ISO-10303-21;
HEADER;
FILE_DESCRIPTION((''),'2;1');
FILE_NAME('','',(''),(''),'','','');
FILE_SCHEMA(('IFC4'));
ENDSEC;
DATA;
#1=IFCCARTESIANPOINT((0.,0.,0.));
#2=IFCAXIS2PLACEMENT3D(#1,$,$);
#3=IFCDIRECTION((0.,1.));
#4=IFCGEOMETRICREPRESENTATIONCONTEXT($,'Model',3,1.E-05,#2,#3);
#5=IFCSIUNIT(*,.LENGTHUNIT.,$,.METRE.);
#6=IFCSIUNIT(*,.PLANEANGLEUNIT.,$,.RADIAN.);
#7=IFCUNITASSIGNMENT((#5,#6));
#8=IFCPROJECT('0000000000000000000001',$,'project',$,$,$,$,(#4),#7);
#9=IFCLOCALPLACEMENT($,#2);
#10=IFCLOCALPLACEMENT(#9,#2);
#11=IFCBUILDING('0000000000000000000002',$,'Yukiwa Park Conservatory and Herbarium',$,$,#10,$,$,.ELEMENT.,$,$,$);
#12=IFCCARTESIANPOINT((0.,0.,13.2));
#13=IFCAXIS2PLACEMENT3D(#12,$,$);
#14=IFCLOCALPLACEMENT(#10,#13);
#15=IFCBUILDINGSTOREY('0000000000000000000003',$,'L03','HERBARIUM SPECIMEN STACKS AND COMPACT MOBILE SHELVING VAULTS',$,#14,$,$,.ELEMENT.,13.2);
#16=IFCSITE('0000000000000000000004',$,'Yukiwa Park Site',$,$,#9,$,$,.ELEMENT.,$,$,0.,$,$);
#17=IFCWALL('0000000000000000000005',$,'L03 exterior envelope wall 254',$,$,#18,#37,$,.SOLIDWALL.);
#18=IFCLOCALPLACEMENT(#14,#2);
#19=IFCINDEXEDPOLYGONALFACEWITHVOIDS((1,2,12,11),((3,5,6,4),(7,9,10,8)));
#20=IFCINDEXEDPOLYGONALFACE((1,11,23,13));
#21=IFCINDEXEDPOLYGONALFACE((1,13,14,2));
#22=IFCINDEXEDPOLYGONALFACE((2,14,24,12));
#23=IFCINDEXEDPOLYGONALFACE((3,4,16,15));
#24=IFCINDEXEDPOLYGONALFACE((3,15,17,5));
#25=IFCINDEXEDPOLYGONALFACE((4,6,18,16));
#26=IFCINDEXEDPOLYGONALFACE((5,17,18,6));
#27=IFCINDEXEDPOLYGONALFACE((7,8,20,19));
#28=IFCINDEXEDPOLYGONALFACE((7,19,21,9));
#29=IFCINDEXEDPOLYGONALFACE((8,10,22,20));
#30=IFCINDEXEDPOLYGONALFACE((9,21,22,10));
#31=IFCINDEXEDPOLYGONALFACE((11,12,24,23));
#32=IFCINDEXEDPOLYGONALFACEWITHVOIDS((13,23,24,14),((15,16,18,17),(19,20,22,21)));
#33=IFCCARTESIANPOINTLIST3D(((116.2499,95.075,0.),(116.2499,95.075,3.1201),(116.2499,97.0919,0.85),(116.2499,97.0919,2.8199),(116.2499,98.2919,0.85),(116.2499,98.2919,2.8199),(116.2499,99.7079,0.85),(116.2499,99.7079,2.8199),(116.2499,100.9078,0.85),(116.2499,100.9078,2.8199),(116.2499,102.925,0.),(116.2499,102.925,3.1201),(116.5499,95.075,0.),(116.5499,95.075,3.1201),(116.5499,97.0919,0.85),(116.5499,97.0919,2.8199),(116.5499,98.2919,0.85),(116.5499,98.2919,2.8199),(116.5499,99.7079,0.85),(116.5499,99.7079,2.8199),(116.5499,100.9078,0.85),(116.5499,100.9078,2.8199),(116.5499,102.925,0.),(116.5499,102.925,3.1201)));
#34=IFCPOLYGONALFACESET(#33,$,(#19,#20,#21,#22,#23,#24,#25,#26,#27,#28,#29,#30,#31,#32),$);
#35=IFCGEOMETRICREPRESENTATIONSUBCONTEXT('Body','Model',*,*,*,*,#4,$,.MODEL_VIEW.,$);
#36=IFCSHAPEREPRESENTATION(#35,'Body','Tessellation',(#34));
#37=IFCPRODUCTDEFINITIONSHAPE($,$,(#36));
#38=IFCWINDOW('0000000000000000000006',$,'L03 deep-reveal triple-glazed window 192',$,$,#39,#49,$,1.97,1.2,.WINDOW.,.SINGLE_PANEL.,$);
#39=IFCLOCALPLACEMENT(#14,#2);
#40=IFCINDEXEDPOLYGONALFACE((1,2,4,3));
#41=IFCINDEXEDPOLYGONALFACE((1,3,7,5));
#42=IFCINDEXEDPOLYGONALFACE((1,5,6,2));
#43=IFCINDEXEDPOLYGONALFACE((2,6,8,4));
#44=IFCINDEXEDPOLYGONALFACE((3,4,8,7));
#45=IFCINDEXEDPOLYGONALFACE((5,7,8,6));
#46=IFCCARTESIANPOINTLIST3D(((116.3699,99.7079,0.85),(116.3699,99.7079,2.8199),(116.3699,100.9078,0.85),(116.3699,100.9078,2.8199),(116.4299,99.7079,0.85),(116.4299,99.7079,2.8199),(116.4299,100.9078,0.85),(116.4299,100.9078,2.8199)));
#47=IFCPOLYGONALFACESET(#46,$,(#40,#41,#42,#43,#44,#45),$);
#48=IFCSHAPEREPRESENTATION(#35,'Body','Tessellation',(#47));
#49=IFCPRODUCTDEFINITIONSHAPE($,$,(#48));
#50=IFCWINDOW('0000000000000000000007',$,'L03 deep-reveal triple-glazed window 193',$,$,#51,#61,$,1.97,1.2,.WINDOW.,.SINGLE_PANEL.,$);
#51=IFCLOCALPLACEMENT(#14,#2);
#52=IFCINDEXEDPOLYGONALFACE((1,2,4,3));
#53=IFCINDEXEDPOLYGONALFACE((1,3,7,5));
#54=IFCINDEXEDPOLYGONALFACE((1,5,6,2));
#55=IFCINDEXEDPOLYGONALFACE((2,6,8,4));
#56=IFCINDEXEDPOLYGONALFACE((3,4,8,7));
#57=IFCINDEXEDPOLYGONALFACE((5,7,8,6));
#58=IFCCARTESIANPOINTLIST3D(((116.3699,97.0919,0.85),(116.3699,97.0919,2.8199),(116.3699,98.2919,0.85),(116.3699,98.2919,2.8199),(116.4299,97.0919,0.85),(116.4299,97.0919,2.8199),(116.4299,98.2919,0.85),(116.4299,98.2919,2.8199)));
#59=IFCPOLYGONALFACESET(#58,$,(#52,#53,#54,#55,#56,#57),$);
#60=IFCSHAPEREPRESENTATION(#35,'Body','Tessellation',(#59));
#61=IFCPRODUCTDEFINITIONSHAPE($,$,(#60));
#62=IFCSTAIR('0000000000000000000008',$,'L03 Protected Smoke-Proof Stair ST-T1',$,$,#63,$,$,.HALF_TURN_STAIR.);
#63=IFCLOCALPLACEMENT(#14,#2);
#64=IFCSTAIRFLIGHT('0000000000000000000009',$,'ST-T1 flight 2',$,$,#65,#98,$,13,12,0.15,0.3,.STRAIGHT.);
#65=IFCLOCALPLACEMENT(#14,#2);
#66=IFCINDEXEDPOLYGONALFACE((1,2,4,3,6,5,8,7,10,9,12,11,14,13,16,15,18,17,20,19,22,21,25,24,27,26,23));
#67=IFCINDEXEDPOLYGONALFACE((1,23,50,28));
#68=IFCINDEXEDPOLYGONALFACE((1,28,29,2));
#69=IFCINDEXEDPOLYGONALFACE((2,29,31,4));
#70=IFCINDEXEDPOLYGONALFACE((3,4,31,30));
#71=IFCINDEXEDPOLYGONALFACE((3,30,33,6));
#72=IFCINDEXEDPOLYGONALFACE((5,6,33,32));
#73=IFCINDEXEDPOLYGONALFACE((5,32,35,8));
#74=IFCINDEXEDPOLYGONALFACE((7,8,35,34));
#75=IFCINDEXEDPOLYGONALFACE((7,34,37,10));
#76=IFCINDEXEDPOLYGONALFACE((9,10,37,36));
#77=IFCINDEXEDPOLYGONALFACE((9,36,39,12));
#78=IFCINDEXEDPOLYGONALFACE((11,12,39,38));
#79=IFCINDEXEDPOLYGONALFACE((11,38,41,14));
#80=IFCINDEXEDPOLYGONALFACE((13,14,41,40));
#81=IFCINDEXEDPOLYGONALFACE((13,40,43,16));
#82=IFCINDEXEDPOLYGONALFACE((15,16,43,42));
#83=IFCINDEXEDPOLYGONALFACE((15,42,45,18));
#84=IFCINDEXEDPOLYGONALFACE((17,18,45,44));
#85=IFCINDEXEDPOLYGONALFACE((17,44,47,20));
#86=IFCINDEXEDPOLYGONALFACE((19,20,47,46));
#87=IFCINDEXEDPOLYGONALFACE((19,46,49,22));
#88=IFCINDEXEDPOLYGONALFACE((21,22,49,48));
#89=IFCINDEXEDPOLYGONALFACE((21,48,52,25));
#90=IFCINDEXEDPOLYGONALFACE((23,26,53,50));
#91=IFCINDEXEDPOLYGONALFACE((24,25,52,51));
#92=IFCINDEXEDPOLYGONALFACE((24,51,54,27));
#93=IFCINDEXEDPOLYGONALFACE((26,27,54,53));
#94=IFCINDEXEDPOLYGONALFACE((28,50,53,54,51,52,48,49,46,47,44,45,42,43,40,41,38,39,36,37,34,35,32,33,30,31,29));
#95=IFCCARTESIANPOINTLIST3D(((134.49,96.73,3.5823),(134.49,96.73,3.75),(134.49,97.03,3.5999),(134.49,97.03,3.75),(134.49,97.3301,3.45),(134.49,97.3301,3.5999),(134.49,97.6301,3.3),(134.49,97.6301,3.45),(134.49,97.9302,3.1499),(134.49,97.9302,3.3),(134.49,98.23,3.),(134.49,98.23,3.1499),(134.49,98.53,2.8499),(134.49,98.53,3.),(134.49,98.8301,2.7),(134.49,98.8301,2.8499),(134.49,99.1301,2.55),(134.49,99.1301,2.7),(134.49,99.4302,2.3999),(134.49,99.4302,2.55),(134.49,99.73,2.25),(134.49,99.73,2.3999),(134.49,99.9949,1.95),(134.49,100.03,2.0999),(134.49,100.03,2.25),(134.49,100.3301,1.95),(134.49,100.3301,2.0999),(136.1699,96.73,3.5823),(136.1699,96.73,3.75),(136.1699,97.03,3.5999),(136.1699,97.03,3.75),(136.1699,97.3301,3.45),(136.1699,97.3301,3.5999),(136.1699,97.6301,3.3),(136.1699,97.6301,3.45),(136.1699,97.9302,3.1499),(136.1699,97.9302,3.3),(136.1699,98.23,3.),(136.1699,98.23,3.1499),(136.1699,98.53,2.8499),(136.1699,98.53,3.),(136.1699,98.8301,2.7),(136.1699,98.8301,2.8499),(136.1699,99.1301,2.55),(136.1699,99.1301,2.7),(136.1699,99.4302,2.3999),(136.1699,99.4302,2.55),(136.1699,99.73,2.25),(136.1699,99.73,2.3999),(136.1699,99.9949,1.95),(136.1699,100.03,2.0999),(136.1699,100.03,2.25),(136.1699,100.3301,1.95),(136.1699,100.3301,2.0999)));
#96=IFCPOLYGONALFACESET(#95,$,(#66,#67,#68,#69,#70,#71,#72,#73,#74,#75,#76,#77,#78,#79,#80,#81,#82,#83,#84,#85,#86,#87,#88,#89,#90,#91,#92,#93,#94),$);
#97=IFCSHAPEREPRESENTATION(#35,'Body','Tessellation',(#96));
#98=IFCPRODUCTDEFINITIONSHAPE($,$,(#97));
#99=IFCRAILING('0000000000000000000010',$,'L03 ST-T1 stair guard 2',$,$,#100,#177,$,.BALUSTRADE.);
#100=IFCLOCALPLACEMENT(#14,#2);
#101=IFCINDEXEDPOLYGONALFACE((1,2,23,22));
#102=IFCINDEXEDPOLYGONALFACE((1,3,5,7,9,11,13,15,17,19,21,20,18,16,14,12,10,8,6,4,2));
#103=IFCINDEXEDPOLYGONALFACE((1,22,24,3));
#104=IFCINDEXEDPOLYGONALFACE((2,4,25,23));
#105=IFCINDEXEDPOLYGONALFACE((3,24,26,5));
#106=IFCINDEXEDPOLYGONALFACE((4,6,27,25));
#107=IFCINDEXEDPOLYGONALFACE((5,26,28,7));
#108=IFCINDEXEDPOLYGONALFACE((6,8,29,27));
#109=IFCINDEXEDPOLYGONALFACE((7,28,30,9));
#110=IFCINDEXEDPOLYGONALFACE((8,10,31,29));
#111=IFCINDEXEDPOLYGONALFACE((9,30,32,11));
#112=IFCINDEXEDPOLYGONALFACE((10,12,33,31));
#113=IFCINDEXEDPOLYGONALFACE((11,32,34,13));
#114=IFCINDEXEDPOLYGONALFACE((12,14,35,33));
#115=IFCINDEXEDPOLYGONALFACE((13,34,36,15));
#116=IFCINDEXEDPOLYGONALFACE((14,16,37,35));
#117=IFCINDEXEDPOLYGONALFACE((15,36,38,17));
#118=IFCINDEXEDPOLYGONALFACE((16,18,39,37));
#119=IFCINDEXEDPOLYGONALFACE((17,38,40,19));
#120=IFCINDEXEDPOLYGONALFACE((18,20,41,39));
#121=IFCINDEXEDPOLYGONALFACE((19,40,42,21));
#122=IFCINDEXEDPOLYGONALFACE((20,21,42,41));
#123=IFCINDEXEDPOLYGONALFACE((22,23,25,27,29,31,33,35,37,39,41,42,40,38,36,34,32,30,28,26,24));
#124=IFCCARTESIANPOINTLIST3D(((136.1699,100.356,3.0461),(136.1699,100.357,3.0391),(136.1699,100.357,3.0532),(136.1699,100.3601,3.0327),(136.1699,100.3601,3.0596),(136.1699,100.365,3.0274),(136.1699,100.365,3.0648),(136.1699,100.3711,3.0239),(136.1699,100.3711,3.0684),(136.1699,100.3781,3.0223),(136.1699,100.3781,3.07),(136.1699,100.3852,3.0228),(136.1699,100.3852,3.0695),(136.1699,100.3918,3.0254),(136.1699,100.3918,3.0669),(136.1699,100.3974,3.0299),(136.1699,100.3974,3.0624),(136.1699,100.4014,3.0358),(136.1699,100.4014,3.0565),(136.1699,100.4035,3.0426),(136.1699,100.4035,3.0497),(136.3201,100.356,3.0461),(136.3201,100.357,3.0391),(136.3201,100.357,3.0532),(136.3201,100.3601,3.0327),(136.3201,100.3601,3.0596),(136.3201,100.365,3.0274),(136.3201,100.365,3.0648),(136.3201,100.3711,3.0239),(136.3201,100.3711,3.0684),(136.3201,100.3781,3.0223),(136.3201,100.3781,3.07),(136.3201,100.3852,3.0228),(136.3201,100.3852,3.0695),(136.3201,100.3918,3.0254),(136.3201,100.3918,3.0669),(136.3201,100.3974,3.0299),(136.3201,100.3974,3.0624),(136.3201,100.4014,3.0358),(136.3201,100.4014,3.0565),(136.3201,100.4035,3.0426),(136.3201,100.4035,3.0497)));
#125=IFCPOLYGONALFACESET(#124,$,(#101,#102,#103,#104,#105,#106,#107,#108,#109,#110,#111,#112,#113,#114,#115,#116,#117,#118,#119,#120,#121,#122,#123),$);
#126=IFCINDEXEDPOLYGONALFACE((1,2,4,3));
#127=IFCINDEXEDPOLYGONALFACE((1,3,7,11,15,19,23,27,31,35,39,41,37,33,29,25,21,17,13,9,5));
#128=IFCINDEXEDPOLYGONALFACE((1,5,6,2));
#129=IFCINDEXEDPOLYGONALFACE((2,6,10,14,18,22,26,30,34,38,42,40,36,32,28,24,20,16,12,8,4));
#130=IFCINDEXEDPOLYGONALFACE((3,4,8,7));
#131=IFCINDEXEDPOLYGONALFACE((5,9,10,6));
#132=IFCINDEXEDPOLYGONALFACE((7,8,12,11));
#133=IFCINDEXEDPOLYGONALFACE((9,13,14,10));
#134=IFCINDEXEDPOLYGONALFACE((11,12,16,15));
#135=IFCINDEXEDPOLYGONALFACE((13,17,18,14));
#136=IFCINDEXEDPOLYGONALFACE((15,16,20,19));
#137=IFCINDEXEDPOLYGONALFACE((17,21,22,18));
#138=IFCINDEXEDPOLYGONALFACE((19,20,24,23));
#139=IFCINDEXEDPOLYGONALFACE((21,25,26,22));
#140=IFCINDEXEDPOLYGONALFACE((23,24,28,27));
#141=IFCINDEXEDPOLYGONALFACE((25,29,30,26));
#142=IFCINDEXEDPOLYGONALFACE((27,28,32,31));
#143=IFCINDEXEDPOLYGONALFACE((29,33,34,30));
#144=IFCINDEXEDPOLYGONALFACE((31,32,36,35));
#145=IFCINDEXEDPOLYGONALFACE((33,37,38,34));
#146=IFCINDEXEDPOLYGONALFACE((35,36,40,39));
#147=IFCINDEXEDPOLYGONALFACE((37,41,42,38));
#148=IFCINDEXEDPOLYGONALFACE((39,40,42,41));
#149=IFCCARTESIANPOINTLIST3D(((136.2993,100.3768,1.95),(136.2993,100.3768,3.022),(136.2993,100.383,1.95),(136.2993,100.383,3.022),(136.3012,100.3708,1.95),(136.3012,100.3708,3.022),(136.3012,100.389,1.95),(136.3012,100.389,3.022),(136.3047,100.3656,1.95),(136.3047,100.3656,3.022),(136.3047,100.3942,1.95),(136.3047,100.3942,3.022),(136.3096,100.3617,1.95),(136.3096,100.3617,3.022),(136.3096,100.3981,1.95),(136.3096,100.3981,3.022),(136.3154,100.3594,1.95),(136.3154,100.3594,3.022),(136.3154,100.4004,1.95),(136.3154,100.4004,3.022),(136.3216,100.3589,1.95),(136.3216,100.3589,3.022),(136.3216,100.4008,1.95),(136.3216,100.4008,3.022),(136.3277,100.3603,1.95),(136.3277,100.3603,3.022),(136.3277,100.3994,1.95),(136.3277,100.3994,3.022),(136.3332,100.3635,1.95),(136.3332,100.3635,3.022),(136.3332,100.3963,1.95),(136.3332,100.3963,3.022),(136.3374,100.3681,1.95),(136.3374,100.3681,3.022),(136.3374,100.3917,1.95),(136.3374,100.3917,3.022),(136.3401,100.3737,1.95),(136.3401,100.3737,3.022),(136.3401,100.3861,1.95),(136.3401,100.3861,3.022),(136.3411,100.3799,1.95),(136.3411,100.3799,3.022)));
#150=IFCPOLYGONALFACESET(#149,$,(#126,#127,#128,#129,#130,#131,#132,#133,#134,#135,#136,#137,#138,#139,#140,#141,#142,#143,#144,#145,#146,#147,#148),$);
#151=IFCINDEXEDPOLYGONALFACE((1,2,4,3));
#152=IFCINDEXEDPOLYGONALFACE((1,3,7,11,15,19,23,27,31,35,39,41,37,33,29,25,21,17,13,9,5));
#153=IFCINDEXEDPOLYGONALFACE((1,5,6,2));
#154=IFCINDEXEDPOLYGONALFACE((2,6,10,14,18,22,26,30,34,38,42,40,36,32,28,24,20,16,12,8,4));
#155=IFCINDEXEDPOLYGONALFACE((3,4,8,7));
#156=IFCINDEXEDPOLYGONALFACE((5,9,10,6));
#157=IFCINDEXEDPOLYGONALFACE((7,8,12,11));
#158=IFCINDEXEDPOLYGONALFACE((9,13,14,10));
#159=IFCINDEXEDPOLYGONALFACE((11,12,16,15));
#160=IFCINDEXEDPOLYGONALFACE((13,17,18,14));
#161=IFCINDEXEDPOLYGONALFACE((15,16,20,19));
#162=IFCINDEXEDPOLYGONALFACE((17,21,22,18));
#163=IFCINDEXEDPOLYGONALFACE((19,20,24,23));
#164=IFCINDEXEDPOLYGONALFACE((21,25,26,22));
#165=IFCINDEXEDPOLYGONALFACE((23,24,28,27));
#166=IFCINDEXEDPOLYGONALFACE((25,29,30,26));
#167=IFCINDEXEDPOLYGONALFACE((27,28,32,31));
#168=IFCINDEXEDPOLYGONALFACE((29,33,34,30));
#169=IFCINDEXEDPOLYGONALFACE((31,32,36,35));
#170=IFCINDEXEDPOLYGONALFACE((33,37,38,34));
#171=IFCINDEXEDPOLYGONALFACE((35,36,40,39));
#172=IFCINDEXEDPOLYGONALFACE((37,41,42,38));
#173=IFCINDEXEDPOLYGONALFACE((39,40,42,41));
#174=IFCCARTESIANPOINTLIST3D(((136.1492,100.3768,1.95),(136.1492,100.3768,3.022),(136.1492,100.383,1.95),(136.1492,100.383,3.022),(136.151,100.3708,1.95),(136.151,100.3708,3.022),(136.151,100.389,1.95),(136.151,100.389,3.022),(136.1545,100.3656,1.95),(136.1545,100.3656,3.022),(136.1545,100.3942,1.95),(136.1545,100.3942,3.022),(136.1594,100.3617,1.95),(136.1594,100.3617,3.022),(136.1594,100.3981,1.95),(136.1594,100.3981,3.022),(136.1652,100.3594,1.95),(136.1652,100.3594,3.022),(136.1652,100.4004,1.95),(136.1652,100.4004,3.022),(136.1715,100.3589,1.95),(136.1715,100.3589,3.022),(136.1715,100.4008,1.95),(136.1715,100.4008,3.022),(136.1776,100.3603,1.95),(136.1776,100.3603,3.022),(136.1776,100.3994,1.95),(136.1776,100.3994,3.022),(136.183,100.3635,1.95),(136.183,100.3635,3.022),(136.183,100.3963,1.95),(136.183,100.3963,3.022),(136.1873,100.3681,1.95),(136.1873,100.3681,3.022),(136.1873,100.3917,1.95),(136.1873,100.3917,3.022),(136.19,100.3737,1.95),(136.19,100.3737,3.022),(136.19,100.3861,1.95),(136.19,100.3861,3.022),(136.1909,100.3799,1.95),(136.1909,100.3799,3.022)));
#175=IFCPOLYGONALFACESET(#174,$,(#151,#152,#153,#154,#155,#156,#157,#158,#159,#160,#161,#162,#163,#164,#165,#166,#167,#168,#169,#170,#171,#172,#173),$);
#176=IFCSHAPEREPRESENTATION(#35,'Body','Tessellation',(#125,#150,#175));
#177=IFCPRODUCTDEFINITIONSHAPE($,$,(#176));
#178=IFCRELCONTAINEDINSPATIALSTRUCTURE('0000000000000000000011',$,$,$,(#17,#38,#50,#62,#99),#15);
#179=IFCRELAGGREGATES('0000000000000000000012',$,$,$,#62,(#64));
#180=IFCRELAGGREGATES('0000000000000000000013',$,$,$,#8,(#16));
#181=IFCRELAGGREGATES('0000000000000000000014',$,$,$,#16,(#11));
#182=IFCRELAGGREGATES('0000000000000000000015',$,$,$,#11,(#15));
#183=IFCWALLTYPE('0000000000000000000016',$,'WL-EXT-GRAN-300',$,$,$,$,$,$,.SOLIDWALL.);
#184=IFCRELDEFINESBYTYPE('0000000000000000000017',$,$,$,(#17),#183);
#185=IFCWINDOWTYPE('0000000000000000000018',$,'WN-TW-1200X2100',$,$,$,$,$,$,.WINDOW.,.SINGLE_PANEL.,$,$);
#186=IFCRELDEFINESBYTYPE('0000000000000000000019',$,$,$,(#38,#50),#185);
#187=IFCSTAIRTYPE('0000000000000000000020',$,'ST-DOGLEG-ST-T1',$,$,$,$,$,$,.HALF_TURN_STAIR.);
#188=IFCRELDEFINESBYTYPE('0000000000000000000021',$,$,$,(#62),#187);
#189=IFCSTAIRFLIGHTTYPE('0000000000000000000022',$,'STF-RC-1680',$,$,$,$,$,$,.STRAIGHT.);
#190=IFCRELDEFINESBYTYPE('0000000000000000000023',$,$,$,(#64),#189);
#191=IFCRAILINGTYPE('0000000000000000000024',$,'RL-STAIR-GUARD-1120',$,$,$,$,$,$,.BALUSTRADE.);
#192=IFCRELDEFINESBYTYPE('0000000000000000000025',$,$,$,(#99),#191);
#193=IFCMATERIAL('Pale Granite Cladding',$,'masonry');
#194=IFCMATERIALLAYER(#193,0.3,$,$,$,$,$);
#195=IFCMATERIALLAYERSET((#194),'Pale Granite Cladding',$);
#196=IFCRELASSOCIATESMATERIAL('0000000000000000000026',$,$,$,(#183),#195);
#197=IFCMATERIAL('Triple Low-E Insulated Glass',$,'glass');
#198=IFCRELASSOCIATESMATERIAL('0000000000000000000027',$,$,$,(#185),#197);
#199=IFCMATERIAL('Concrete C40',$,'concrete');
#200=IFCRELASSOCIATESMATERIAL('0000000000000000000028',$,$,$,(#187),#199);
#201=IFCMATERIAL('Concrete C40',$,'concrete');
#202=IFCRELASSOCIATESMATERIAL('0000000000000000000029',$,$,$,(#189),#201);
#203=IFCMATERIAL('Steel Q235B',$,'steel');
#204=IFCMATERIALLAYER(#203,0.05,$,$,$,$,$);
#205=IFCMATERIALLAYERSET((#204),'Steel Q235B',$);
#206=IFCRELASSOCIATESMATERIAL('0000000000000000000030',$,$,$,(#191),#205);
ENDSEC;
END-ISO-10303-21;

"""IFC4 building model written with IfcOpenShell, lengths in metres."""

from ifc_helpers import new_model, si_unit, direction, frame, frame_2d, origin, origin_2d, place, context, subcontext, project, spatial, polyline, rectangle, circle, outline, extrude, material, layer, layer_set, type_object, element, fill, aggregate, save


model = new_model("IFC4")

# Units and contexts
model_context = context("Model", 3, precision=1e-05, world=origin(), true_north=direction((0.0, 1.0)))
body_context = subcontext(model_context, "Body", "Model", "MODEL_VIEW")
ifc_project = project(units=[si_unit("LENGTHUNIT", "METRE"), si_unit("PLANEANGLEUNIT", "RADIAN")], contexts=[model_context])

# Site, building, storey
site_placement = place(None, origin())
site = spatial("IfcSite", under=ifc_project, at=site_placement, Name="Yukiwa Park Site", CompositionType="ELEMENT", RefElevation=0.0)
building_placement = place(site_placement, origin())
building = spatial("IfcBuilding", under=site, at=building_placement, Name="Yukiwa Park Conservatory and Herbarium", CompositionType="ELEMENT")
storey_placement = place(building_placement, frame((0.0, 0.0, 13.2)))
storey = spatial("IfcBuildingStorey", under=building, at=storey_placement, Name="L03", Description="HERBARIUM SPECIMEN STACKS AND COMPACT MOBILE SHELVING VAULTS", CompositionType="ELEMENT", Elevation=13.2)

# Wall, openings, windows
ifc_material_1 = material(Name="Pale Granite Cladding", Category="masonry")
ifc_layer_1 = layer(ifc_material_1, 0.3)
ifc_layer_set_1 = layer_set([ifc_layer_1], Name="Pale Granite Cladding")
wall_type_1 = type_object("IfcWallType", Name="WL-EXT-GRAN-300", PredefinedType="SOLIDWALL", material=ifc_layer_set_1)
wall_1_placement = place(storey_placement, frame((116.3999, 102.925, 0.0), z_axis=(0.0, 0.0, 1.0), x_axis=(0.0, -1.0, 0.0)))
wall_1 = element("IfcWall", 1, at=wall_1_placement, inside=storey, type_object=wall_type_1, Name="L03 exterior envelope wall 254", PredefinedType="SOLIDWALL", context=body_context, shape_type="SweptSolid", body=[
    extrude(rectangle(XDim=7.8501, YDim=0.3, at=frame_2d((3.925, 0.0))), origin(), (0.0, 0.0, 1.0), 3.1201),
])
opening_1_placement = place(wall_1_placement, frame((2.0171, 0.0, 0.8501)))
opening_1 = element("IfcOpeningElement", 2, at=opening_1_placement, cuts=wall_1, PredefinedType="OPENING", context=body_context, shape_type="SweptSolid", body=[
    extrude(rectangle(XDim=1.2, YDim=1.97, at=frame_2d((0.6001, 0.9849))), frame((0.0, 0.1602, 0.0), z_axis=(0.0, -1.0, 0.0), x_axis=(1.0, 0.0, 0.0)), (0.0, 0.0, 1.0), 0.3201),
])
opening_2_placement = place(wall_1_placement, frame((4.6331, 0.0, 0.8501)))
opening_2 = element("IfcOpeningElement", 3, at=opening_2_placement, cuts=wall_1, PredefinedType="OPENING", context=body_context, shape_type="SweptSolid", body=[
    extrude(rectangle(XDim=1.2, YDim=1.97, at=frame_2d((0.6001, 0.9849))), frame((0.0, 0.1602, 0.0), z_axis=(0.0, -1.0, 0.0), x_axis=(1.0, 0.0, 0.0)), (0.0, 0.0, 1.0), 0.3201),
])
ifc_material_2 = material(Name="Triple Low-E Insulated Glass", Category="glass")
window_type = type_object("IfcWindowType", Name="WN-TW-1200X2100", PartitioningType="SINGLE_PANEL", PredefinedType="WINDOW", material=ifc_material_2)
window_1_placement = place(opening_1_placement, origin())
window_1 = element("IfcWindow", 4, at=window_1_placement, inside=storey, type_object=window_type, Name="L03 deep-reveal triple-glazed window 192", OverallHeight=1.97, OverallWidth=1.2, PartitioningType="SINGLE_PANEL", PredefinedType="WINDOW", context=body_context, shape_type="SweptSolid", body=[
    extrude(rectangle(XDim=1.2, YDim=1.97, at=frame_2d((0.6001, 0.9849))), frame((0.0, 0.03, 0.0), z_axis=(0.0, -1.0, 0.0), x_axis=(1.0, 0.0, 0.0)), (0.0, 0.0, 1.0), 0.0601),
])
fill(opening_1, window_1)
window_2_placement = place(opening_2_placement, origin())
window_2 = element("IfcWindow", 5, at=window_2_placement, inside=storey, type_object=window_type, Name="L03 deep-reveal triple-glazed window 193", OverallHeight=1.97, OverallWidth=1.2, PartitioningType="SINGLE_PANEL", PredefinedType="WINDOW", context=body_context, shape_type="SweptSolid", body=[
    extrude(rectangle(XDim=1.2, YDim=1.97, at=frame_2d((0.6001, 0.9849))), frame((0.0, 0.03, 0.0), z_axis=(0.0, -1.0, 0.0), x_axis=(1.0, 0.0, 0.0)), (0.0, 0.0, 1.0), 0.0601),
])
fill(opening_2, window_2)

# Stair, stair flight
ifc_material_3 = material(Name="Concrete C40", Category="concrete")
stair_type = type_object("IfcStairType", Name="ST-DOGLEG-ST-T1", PredefinedType="HALF_TURN_STAIR", material=ifc_material_3)
stair_placement = place(storey_placement, origin())
stair = element("IfcStair", 6, at=stair_placement, inside=storey, type_object=stair_type, Name="L03 Protected Smoke-Proof Stair ST-T1", PredefinedType="HALF_TURN_STAIR")
ifc_material_4 = material(Name="Concrete C40", Category="concrete")
stair_flight_type = type_object("IfcStairFlightType", Name="STF-RC-1680", PredefinedType="STRAIGHT", material=ifc_material_4)
stair_flight_placement = place(storey_placement, frame((135.3301, 100.3301, 1.95), z_axis=(0.0, 0.0, 1.0), x_axis=(0.0, -1.0, 0.0)))
stair_flight = element("IfcStairFlight", 7, at=stair_flight_placement, type_object=stair_flight_type, Name="ST-T1 flight 2", NumberOfRisers=13, NumberOfTreads=12, PredefinedType="STRAIGHT", RiserHeight=0.15, TreadLength=0.3, context=body_context, shape_type="SweptSolid", body=[
    extrude(outline(polyline([(0.0, 0.0), (0.0, 0.1499), (0.3, 0.1499), (0.3, 0.3), (0.6001, 0.3), (0.6001, 0.45), (0.8999, 0.45), (0.8999, 0.6001), (1.2, 0.6001), (1.2, 0.75), (1.5, 0.75), (1.5, 0.8999), (1.8, 0.8999), (1.8, 1.05), (2.1001, 1.05), (2.1001, 1.2), (2.3999, 1.2), (2.3999, 1.3501), (2.7, 1.3501), (2.7, 1.5), (3.0, 1.5), (3.0, 1.6499), (3.3, 1.6499), (3.3, 1.8), (3.6001, 1.8), (3.6001, 1.95), (3.6001, 1.6323), (0.3352, 0.0), (0.0, 0.0)])), frame((0.0, 0.8398, 0.0), z_axis=(0.0, -1.0, 0.0), x_axis=(1.0, 0.0, 0.0)), (0.0, 0.0, 1.0), 1.6799),
])
aggregate(stair, [stair_flight])

# Railing
ifc_material_5 = material(Name="Steel Q235B", Category="steel")
ifc_layer_2 = layer(ifc_material_5, 0.05)
ifc_layer_set_2 = layer_set([ifc_layer_2], Name="Steel Q235B")
railing_type_1 = type_object("IfcRailingType", Name="RL-STAIR-GUARD-1120", PredefinedType="BALUSTRADE", material=ifc_layer_set_2)
railing_1_placement = place(storey_placement, frame((136.3201, 100.3799, 1.95)))
element("IfcRailing", 8, at=railing_1_placement, inside=storey, type_object=railing_type_1, Name="L03 ST-T1 stair guard 2", PredefinedType="BALUSTRADE", context=body_context, shape_type="SweptSolid", body=[
    extrude(circle(Radius=0.0239, at=origin_2d()), frame((0.0, 0.0, 1.0962), z_axis=(-1.0, 0.0, 0.0), x_axis=(0.0, -1.0, 0.0)), (0.0, 0.0, 1.0), 0.1501),
    extrude(circle(Radius=0.021, at=origin_2d()), origin(), (0.0, 0.0, 1.0), 1.072),
    extrude(circle(Radius=0.021, at=origin_2d()), frame((-0.1501, 0.0, 0.0)), (0.0, 0.0, 1.0), 1.072),
])

save(model, "model.ifc")
